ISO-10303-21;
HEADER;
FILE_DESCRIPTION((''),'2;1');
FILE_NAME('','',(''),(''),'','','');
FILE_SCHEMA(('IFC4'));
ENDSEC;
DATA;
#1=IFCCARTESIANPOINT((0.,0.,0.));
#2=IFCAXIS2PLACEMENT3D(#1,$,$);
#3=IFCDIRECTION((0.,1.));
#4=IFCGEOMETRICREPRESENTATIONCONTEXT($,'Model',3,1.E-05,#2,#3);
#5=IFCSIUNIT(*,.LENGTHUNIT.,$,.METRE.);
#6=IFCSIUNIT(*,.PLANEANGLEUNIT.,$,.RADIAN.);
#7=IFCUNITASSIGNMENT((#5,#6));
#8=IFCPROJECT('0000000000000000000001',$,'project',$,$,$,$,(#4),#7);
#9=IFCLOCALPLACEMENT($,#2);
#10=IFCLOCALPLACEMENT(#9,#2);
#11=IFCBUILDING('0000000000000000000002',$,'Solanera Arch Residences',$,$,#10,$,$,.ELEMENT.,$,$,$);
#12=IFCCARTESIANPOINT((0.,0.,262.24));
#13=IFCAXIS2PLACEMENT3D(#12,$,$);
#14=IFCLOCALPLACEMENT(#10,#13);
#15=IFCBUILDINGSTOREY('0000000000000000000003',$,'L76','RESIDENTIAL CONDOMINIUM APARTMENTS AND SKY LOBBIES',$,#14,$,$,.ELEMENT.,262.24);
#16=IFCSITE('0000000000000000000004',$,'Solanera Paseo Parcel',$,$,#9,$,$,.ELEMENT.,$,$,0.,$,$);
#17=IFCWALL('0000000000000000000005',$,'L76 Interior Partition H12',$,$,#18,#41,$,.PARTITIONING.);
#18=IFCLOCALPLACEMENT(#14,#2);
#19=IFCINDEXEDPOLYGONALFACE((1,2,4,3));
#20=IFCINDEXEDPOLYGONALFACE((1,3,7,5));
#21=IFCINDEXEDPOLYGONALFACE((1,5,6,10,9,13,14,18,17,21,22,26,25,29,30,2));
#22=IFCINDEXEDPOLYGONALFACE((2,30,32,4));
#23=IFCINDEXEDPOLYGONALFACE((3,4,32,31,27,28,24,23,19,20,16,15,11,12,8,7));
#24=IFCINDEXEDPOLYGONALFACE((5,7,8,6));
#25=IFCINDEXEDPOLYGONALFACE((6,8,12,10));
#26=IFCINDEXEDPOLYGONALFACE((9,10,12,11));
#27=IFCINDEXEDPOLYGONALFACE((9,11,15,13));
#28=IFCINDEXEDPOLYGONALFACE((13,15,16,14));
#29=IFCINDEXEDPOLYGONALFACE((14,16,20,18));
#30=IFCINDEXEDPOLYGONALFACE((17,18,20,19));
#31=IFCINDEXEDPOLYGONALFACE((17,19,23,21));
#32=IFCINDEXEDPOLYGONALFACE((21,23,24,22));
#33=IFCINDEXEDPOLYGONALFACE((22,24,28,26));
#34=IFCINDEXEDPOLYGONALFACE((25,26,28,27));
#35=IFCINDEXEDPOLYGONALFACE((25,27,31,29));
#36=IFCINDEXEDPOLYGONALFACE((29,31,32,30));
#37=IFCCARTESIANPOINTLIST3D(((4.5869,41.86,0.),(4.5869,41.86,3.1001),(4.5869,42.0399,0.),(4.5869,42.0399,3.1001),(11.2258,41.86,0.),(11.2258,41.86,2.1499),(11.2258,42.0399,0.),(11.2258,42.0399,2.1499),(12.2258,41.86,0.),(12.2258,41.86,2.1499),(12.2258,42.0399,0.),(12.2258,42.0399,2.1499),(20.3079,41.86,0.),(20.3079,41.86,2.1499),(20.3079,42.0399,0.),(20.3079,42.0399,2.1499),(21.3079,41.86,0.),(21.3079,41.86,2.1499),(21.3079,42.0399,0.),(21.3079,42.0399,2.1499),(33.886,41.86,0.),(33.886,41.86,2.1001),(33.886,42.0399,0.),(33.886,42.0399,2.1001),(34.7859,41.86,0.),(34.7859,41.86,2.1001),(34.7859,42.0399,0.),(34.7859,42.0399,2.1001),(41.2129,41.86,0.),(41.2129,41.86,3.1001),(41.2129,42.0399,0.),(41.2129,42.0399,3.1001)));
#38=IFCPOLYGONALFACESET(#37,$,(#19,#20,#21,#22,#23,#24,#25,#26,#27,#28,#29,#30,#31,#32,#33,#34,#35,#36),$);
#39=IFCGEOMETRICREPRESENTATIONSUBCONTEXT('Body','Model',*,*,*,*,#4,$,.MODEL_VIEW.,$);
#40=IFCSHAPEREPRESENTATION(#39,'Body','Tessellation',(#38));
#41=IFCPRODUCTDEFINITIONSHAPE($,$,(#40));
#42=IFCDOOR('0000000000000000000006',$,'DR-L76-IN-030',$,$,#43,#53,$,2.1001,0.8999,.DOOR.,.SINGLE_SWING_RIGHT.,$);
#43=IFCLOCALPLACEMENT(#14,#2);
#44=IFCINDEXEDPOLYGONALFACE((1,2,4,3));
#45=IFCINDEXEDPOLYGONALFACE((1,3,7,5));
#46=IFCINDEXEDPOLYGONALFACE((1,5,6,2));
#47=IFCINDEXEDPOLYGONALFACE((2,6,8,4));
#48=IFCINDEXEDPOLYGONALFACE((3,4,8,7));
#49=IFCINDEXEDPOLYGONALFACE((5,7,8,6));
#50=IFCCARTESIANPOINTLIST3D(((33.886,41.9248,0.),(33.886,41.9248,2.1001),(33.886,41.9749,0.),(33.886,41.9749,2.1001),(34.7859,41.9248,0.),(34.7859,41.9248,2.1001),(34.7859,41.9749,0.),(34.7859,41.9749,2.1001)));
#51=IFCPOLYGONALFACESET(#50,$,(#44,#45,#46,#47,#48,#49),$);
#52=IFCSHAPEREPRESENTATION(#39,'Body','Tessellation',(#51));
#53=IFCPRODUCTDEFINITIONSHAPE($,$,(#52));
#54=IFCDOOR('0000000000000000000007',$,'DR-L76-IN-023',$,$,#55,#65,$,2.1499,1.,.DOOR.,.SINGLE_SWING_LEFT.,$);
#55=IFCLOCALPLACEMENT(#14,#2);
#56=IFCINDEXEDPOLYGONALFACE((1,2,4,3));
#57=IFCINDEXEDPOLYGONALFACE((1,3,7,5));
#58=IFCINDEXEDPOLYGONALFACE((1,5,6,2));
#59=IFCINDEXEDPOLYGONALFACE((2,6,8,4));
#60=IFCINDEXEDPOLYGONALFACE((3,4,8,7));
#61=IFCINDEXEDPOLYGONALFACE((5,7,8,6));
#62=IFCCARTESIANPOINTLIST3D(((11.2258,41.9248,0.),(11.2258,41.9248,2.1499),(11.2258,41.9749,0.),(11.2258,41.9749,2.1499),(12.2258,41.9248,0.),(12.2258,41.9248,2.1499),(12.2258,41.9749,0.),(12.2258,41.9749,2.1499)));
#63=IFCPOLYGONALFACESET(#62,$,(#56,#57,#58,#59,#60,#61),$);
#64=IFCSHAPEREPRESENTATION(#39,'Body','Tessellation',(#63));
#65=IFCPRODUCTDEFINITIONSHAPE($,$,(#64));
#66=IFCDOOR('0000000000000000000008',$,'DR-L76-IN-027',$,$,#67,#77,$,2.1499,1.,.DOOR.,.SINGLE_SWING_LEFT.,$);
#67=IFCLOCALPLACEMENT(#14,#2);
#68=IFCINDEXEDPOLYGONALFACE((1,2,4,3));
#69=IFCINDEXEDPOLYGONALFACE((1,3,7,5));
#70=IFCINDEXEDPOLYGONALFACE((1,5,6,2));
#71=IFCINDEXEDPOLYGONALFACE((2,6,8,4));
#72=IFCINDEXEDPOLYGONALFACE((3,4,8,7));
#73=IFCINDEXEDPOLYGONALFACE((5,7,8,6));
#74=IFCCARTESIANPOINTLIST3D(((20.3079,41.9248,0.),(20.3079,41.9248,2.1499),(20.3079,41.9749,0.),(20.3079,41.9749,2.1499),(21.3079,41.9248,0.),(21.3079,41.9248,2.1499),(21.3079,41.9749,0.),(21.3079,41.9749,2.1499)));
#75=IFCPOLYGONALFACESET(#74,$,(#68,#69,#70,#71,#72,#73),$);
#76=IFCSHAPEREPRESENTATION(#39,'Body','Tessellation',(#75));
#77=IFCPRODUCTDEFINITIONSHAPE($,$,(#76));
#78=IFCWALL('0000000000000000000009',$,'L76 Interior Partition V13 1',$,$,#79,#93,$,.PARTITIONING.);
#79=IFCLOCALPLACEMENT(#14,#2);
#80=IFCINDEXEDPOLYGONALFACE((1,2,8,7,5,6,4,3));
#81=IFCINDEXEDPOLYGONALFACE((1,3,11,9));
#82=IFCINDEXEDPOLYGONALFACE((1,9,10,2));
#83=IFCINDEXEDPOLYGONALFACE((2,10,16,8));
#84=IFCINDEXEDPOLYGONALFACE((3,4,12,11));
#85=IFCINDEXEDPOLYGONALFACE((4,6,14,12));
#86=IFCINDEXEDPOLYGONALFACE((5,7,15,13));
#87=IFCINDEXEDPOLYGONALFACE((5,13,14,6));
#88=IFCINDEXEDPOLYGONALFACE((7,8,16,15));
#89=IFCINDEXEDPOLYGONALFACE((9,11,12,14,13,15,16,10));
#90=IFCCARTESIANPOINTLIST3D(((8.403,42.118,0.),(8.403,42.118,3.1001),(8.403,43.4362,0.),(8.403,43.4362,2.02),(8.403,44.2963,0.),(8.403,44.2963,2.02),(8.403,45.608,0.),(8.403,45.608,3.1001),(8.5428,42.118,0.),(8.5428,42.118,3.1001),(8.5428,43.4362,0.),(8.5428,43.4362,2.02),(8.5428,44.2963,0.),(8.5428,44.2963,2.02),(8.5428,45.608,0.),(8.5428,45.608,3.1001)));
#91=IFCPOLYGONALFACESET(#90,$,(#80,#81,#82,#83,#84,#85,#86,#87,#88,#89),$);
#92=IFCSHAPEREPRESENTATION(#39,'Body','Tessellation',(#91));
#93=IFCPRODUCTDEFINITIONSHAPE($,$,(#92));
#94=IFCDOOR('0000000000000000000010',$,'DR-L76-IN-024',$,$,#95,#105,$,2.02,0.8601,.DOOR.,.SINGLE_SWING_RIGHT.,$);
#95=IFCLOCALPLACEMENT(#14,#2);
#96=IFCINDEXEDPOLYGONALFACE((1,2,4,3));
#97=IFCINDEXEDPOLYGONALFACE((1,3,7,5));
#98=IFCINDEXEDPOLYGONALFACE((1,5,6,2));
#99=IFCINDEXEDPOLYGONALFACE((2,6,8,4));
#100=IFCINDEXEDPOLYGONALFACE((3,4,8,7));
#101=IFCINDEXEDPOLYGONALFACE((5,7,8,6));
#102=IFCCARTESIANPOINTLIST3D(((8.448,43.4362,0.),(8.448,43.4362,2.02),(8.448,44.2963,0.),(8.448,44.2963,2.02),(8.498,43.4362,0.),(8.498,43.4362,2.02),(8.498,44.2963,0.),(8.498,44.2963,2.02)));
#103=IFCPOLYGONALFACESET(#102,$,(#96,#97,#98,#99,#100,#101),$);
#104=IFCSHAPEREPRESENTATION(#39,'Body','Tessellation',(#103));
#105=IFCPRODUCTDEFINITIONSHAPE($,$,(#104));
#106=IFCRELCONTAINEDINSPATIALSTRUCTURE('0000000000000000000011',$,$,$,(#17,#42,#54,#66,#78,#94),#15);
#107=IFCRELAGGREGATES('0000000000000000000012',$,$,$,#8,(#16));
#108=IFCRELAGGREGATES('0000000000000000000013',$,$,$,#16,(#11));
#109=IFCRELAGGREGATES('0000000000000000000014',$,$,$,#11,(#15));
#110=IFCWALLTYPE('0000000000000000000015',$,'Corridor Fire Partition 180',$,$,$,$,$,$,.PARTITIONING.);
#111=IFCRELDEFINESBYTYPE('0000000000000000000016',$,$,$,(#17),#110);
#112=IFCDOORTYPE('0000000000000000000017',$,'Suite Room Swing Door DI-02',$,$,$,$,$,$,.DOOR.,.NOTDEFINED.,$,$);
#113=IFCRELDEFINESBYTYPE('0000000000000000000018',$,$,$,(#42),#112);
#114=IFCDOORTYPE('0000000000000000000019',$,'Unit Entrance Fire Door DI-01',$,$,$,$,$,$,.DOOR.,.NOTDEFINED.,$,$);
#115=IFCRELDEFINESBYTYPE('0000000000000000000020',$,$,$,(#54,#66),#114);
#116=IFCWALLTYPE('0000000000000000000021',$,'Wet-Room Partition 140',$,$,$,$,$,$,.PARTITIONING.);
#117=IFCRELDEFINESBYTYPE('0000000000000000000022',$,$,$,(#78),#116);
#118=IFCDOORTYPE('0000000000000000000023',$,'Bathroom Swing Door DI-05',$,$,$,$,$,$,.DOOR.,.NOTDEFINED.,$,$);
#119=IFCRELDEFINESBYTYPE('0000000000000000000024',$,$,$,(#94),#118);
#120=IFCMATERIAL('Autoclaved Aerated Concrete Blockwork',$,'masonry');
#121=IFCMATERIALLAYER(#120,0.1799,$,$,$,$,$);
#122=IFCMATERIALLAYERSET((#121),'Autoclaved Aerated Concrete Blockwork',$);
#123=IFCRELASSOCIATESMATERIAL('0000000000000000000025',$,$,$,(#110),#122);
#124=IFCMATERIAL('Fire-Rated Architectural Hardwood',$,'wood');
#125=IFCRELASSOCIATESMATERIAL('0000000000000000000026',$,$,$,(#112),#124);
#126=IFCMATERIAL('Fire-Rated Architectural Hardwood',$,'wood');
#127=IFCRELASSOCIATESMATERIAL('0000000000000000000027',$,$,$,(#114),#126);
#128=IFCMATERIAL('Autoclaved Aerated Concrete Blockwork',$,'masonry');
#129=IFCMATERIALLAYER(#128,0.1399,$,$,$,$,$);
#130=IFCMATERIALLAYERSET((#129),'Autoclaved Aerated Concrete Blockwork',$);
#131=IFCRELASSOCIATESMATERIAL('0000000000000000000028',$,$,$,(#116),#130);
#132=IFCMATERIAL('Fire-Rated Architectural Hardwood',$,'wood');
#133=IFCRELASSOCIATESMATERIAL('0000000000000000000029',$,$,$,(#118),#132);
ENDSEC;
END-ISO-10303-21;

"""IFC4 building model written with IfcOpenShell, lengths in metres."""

from ifc_helpers import new_model, si_unit, direction, frame, frame_2d, origin, place, context, subcontext, project, spatial, rectangle, extrude, material, layer, layer_set, type_object, element, fill, save


model = new_model("IFC4")

# Units and contexts
model_context = context("Model", 3, precision=1e-05, world=origin(), true_north=direction((0.0, 1.0)))
body_context = subcontext(model_context, "Body", "Model", "MODEL_VIEW")
ifc_project = project(units=[si_unit("LENGTHUNIT", "METRE"), si_unit("PLANEANGLEUNIT", "RADIAN")], contexts=[model_context])

# Site, building, storey
site_placement = place(None, origin())
site = spatial("IfcSite", under=ifc_project, at=site_placement, Name="Solanera Paseo Parcel", CompositionType="ELEMENT", RefElevation=0.0)
building_placement = place(site_placement, origin())
building = spatial("IfcBuilding", under=site, at=building_placement, Name="Solanera Arch Residences", CompositionType="ELEMENT")
storey_placement = place(building_placement, frame((0.0, 0.0, 262.24)))
storey = spatial("IfcBuildingStorey", under=building, at=storey_placement, Name="L76", Description="RESIDENTIAL CONDOMINIUM APARTMENTS AND SKY LOBBIES", CompositionType="ELEMENT", Elevation=262.24)

# Wall, openings, doors
ifc_material_1 = material(Name="Autoclaved Aerated Concrete Blockwork", Category="masonry")
ifc_layer_1 = layer(ifc_material_1, 0.1799)
ifc_layer_set_1 = layer_set([ifc_layer_1], Name="Autoclaved Aerated Concrete Blockwork")
wall_type_1 = type_object("IfcWallType", Name="Corridor Fire Partition 180", PredefinedType="PARTITIONING", material=ifc_layer_set_1)
ifc_material_2 = material(Name="Fire-Rated Architectural Hardwood", Category="wood")
door_type_1 = type_object("IfcDoorType", Name="Suite Room Swing Door DI-02", OperationType="NOTDEFINED", PredefinedType="DOOR", material=ifc_material_2)
wall_1_placement = place(storey_placement, frame((4.5869, 41.95, 0.0), z_axis=(0.0, 0.0, 1.0), x_axis=(1.0, 0.0, 0.0)))
wall_1 = element("IfcWall", 1, at=wall_1_placement, inside=storey, type_object=wall_type_1, Name="L76 Interior Partition H12", PredefinedType="PARTITIONING", context=body_context, shape_type="SweptSolid", body=[
    extrude(rectangle(XDim=36.626, YDim=0.1799, at=frame_2d((18.313, 0.0))), origin(), (0.0, 0.0, 1.0), 3.1001),
])
opening_1_placement = place(wall_1_placement, frame((6.6389, 0.0, 0.0)))
opening_1 = element("IfcOpeningElement", 2, at=opening_1_placement, cuts=wall_1, PredefinedType="OPENING", context=body_context, shape_type="SweptSolid", body=[
    extrude(rectangle(XDim=1.0, YDim=2.1499, at=frame_2d((0.5, 1.075))), frame((0.0, 0.1001, 0.0), z_axis=(0.0, -1.0, 0.0), x_axis=(1.0, 0.0, 0.0)), (0.0, 0.0, 1.0), 0.1999),
])
opening_2_placement = place(wall_1_placement, frame((15.7209, 0.0, 0.0)))
opening_2 = element("IfcOpeningElement", 3, at=opening_2_placement, cuts=wall_1, PredefinedType="OPENING", context=body_context, shape_type="SweptSolid", body=[
    extrude(rectangle(XDim=1.0, YDim=2.1499, at=frame_2d((0.5, 1.075))), frame((0.0, 0.1001, 0.0), z_axis=(0.0, -1.0, 0.0), x_axis=(1.0, 0.0, 0.0)), (0.0, 0.0, 1.0), 0.1999),
])
opening_3_placement = place(wall_1_placement, frame((29.2991, 0.0, 0.0)))
opening_3 = element("IfcOpeningElement", 4, at=opening_3_placement, cuts=wall_1, PredefinedType="OPENING", context=body_context, shape_type="SweptSolid", body=[
    extrude(rectangle(XDim=0.8999, YDim=2.1001, at=frame_2d((0.45, 1.05))), frame((0.0, 0.1001, 0.0), z_axis=(0.0, -1.0, 0.0), x_axis=(1.0, 0.0, 0.0)), (0.0, 0.0, 1.0), 0.1999),
])
door_1_placement = place(opening_3_placement, origin())
door_1 = element("IfcDoor", 5, at=door_1_placement, inside=storey, type_object=door_type_1, Name="DR-L76-IN-030", OperationType="SINGLE_SWING_RIGHT", OverallHeight=2.1001, OverallWidth=0.8999, PredefinedType="DOOR", context=body_context, shape_type="SweptSolid", body=[
    extrude(rectangle(XDim=0.8999, YDim=2.1001, at=frame_2d((0.45, 1.05))), frame((0.0, 0.0249, 0.0), z_axis=(0.0, -1.0, 0.0), x_axis=(1.0, 0.0, 0.0)), (0.0, 0.0, 1.0), 0.05),
])
fill(opening_3, door_1)
ifc_material_3 = material(Name="Fire-Rated Architectural Hardwood", Category="wood")
door_type_2 = type_object("IfcDoorType", Name="Unit Entrance Fire Door DI-01", OperationType="NOTDEFINED", PredefinedType="DOOR", material=ifc_material_3)
door_2_placement = place(opening_1_placement, origin())
door_2 = element("IfcDoor", 6, at=door_2_placement, inside=storey, type_object=door_type_2, Name="DR-L76-IN-023", OperationType="SINGLE_SWING_LEFT", OverallHeight=2.1499, OverallWidth=1.0, PredefinedType="DOOR", context=body_context, shape_type="SweptSolid", body=[
    extrude(rectangle(XDim=1.0, YDim=2.1499, at=frame_2d((0.5, 1.075))), frame((0.0, 0.0249, 0.0), z_axis=(0.0, -1.0, 0.0), x_axis=(1.0, 0.0, 0.0)), (0.0, 0.0, 1.0), 0.05),
])
fill(opening_1, door_2)
door_3_placement = place(opening_2_placement, origin())
door_3 = element("IfcDoor", 7, at=door_3_placement, inside=storey, type_object=door_type_2, Name="DR-L76-IN-027", OperationType="SINGLE_SWING_LEFT", OverallHeight=2.1499, OverallWidth=1.0, PredefinedType="DOOR", context=body_context, shape_type="SweptSolid", body=[
    extrude(rectangle(XDim=1.0, YDim=2.1499, at=frame_2d((0.5, 1.075))), frame((0.0, 0.0249, 0.0), z_axis=(0.0, -1.0, 0.0), x_axis=(1.0, 0.0, 0.0)), (0.0, 0.0, 1.0), 0.05),
])
fill(opening_2, door_3)

# Wall, opening, door
ifc_material_4 = material(Name="Autoclaved Aerated Concrete Blockwork", Category="masonry")
ifc_layer_2 = layer(ifc_material_4, 0.1399)
ifc_layer_set_2 = layer_set([ifc_layer_2], Name="Autoclaved Aerated Concrete Blockwork")
wall_type_2 = type_object("IfcWallType", Name="Wet-Room Partition 140", PredefinedType="PARTITIONING", material=ifc_layer_set_2)
wall_2_placement = place(storey_placement, frame((8.4729, 42.1179, 0.0), z_axis=(0.0, 0.0, 1.0), x_axis=(0.0, 1.0, 0.0)))
wall_2 = element("IfcWall", 8, at=wall_2_placement, inside=storey, type_object=wall_type_2, Name="L76 Interior Partition V13 1", PredefinedType="PARTITIONING", context=body_context, shape_type="SweptSolid", body=[
    extrude(rectangle(XDim=3.49, YDim=0.1399, at=frame_2d((1.7451, 0.0))), origin(), (0.0, 0.0, 1.0), 3.1001),
])
opening_4_placement = place(wall_2_placement, frame((1.3181, 0.0, 0.0)))
opening_4 = element("IfcOpeningElement", 9, at=opening_4_placement, cuts=wall_2, PredefinedType="OPENING", context=body_context, shape_type="SweptSolid", body=[
    extrude(rectangle(XDim=0.8601, YDim=2.02, at=frame_2d((0.4302, 1.01))), frame((0.0, 0.0798, 0.0), z_axis=(0.0, -1.0, 0.0), x_axis=(1.0, 0.0, 0.0)), (0.0, 0.0, 1.0), 0.1599),
])
ifc_material_5 = material(Name="Fire-Rated Architectural Hardwood", Category="wood")
door_type_3 = type_object("IfcDoorType", Name="Bathroom Swing Door DI-05", OperationType="NOTDEFINED", PredefinedType="DOOR", material=ifc_material_5)
door_4_placement = place(opening_4_placement, origin())
door_4 = element("IfcDoor", 10, at=door_4_placement, inside=storey, type_object=door_type_3, Name="DR-L76-IN-024", OperationType="SINGLE_SWING_RIGHT", OverallHeight=2.02, OverallWidth=0.8601, PredefinedType="DOOR", context=body_context, shape_type="SweptSolid", body=[
    extrude(rectangle(XDim=0.8601, YDim=2.02, at=frame_2d((0.4302, 1.01))), frame((0.0, 0.0249, 0.0), z_axis=(0.0, -1.0, 0.0), x_axis=(1.0, 0.0, 0.0)), (0.0, 0.0, 1.0), 0.05),
])
fill(opening_4, door_4)

save(model, "model.ifc")
